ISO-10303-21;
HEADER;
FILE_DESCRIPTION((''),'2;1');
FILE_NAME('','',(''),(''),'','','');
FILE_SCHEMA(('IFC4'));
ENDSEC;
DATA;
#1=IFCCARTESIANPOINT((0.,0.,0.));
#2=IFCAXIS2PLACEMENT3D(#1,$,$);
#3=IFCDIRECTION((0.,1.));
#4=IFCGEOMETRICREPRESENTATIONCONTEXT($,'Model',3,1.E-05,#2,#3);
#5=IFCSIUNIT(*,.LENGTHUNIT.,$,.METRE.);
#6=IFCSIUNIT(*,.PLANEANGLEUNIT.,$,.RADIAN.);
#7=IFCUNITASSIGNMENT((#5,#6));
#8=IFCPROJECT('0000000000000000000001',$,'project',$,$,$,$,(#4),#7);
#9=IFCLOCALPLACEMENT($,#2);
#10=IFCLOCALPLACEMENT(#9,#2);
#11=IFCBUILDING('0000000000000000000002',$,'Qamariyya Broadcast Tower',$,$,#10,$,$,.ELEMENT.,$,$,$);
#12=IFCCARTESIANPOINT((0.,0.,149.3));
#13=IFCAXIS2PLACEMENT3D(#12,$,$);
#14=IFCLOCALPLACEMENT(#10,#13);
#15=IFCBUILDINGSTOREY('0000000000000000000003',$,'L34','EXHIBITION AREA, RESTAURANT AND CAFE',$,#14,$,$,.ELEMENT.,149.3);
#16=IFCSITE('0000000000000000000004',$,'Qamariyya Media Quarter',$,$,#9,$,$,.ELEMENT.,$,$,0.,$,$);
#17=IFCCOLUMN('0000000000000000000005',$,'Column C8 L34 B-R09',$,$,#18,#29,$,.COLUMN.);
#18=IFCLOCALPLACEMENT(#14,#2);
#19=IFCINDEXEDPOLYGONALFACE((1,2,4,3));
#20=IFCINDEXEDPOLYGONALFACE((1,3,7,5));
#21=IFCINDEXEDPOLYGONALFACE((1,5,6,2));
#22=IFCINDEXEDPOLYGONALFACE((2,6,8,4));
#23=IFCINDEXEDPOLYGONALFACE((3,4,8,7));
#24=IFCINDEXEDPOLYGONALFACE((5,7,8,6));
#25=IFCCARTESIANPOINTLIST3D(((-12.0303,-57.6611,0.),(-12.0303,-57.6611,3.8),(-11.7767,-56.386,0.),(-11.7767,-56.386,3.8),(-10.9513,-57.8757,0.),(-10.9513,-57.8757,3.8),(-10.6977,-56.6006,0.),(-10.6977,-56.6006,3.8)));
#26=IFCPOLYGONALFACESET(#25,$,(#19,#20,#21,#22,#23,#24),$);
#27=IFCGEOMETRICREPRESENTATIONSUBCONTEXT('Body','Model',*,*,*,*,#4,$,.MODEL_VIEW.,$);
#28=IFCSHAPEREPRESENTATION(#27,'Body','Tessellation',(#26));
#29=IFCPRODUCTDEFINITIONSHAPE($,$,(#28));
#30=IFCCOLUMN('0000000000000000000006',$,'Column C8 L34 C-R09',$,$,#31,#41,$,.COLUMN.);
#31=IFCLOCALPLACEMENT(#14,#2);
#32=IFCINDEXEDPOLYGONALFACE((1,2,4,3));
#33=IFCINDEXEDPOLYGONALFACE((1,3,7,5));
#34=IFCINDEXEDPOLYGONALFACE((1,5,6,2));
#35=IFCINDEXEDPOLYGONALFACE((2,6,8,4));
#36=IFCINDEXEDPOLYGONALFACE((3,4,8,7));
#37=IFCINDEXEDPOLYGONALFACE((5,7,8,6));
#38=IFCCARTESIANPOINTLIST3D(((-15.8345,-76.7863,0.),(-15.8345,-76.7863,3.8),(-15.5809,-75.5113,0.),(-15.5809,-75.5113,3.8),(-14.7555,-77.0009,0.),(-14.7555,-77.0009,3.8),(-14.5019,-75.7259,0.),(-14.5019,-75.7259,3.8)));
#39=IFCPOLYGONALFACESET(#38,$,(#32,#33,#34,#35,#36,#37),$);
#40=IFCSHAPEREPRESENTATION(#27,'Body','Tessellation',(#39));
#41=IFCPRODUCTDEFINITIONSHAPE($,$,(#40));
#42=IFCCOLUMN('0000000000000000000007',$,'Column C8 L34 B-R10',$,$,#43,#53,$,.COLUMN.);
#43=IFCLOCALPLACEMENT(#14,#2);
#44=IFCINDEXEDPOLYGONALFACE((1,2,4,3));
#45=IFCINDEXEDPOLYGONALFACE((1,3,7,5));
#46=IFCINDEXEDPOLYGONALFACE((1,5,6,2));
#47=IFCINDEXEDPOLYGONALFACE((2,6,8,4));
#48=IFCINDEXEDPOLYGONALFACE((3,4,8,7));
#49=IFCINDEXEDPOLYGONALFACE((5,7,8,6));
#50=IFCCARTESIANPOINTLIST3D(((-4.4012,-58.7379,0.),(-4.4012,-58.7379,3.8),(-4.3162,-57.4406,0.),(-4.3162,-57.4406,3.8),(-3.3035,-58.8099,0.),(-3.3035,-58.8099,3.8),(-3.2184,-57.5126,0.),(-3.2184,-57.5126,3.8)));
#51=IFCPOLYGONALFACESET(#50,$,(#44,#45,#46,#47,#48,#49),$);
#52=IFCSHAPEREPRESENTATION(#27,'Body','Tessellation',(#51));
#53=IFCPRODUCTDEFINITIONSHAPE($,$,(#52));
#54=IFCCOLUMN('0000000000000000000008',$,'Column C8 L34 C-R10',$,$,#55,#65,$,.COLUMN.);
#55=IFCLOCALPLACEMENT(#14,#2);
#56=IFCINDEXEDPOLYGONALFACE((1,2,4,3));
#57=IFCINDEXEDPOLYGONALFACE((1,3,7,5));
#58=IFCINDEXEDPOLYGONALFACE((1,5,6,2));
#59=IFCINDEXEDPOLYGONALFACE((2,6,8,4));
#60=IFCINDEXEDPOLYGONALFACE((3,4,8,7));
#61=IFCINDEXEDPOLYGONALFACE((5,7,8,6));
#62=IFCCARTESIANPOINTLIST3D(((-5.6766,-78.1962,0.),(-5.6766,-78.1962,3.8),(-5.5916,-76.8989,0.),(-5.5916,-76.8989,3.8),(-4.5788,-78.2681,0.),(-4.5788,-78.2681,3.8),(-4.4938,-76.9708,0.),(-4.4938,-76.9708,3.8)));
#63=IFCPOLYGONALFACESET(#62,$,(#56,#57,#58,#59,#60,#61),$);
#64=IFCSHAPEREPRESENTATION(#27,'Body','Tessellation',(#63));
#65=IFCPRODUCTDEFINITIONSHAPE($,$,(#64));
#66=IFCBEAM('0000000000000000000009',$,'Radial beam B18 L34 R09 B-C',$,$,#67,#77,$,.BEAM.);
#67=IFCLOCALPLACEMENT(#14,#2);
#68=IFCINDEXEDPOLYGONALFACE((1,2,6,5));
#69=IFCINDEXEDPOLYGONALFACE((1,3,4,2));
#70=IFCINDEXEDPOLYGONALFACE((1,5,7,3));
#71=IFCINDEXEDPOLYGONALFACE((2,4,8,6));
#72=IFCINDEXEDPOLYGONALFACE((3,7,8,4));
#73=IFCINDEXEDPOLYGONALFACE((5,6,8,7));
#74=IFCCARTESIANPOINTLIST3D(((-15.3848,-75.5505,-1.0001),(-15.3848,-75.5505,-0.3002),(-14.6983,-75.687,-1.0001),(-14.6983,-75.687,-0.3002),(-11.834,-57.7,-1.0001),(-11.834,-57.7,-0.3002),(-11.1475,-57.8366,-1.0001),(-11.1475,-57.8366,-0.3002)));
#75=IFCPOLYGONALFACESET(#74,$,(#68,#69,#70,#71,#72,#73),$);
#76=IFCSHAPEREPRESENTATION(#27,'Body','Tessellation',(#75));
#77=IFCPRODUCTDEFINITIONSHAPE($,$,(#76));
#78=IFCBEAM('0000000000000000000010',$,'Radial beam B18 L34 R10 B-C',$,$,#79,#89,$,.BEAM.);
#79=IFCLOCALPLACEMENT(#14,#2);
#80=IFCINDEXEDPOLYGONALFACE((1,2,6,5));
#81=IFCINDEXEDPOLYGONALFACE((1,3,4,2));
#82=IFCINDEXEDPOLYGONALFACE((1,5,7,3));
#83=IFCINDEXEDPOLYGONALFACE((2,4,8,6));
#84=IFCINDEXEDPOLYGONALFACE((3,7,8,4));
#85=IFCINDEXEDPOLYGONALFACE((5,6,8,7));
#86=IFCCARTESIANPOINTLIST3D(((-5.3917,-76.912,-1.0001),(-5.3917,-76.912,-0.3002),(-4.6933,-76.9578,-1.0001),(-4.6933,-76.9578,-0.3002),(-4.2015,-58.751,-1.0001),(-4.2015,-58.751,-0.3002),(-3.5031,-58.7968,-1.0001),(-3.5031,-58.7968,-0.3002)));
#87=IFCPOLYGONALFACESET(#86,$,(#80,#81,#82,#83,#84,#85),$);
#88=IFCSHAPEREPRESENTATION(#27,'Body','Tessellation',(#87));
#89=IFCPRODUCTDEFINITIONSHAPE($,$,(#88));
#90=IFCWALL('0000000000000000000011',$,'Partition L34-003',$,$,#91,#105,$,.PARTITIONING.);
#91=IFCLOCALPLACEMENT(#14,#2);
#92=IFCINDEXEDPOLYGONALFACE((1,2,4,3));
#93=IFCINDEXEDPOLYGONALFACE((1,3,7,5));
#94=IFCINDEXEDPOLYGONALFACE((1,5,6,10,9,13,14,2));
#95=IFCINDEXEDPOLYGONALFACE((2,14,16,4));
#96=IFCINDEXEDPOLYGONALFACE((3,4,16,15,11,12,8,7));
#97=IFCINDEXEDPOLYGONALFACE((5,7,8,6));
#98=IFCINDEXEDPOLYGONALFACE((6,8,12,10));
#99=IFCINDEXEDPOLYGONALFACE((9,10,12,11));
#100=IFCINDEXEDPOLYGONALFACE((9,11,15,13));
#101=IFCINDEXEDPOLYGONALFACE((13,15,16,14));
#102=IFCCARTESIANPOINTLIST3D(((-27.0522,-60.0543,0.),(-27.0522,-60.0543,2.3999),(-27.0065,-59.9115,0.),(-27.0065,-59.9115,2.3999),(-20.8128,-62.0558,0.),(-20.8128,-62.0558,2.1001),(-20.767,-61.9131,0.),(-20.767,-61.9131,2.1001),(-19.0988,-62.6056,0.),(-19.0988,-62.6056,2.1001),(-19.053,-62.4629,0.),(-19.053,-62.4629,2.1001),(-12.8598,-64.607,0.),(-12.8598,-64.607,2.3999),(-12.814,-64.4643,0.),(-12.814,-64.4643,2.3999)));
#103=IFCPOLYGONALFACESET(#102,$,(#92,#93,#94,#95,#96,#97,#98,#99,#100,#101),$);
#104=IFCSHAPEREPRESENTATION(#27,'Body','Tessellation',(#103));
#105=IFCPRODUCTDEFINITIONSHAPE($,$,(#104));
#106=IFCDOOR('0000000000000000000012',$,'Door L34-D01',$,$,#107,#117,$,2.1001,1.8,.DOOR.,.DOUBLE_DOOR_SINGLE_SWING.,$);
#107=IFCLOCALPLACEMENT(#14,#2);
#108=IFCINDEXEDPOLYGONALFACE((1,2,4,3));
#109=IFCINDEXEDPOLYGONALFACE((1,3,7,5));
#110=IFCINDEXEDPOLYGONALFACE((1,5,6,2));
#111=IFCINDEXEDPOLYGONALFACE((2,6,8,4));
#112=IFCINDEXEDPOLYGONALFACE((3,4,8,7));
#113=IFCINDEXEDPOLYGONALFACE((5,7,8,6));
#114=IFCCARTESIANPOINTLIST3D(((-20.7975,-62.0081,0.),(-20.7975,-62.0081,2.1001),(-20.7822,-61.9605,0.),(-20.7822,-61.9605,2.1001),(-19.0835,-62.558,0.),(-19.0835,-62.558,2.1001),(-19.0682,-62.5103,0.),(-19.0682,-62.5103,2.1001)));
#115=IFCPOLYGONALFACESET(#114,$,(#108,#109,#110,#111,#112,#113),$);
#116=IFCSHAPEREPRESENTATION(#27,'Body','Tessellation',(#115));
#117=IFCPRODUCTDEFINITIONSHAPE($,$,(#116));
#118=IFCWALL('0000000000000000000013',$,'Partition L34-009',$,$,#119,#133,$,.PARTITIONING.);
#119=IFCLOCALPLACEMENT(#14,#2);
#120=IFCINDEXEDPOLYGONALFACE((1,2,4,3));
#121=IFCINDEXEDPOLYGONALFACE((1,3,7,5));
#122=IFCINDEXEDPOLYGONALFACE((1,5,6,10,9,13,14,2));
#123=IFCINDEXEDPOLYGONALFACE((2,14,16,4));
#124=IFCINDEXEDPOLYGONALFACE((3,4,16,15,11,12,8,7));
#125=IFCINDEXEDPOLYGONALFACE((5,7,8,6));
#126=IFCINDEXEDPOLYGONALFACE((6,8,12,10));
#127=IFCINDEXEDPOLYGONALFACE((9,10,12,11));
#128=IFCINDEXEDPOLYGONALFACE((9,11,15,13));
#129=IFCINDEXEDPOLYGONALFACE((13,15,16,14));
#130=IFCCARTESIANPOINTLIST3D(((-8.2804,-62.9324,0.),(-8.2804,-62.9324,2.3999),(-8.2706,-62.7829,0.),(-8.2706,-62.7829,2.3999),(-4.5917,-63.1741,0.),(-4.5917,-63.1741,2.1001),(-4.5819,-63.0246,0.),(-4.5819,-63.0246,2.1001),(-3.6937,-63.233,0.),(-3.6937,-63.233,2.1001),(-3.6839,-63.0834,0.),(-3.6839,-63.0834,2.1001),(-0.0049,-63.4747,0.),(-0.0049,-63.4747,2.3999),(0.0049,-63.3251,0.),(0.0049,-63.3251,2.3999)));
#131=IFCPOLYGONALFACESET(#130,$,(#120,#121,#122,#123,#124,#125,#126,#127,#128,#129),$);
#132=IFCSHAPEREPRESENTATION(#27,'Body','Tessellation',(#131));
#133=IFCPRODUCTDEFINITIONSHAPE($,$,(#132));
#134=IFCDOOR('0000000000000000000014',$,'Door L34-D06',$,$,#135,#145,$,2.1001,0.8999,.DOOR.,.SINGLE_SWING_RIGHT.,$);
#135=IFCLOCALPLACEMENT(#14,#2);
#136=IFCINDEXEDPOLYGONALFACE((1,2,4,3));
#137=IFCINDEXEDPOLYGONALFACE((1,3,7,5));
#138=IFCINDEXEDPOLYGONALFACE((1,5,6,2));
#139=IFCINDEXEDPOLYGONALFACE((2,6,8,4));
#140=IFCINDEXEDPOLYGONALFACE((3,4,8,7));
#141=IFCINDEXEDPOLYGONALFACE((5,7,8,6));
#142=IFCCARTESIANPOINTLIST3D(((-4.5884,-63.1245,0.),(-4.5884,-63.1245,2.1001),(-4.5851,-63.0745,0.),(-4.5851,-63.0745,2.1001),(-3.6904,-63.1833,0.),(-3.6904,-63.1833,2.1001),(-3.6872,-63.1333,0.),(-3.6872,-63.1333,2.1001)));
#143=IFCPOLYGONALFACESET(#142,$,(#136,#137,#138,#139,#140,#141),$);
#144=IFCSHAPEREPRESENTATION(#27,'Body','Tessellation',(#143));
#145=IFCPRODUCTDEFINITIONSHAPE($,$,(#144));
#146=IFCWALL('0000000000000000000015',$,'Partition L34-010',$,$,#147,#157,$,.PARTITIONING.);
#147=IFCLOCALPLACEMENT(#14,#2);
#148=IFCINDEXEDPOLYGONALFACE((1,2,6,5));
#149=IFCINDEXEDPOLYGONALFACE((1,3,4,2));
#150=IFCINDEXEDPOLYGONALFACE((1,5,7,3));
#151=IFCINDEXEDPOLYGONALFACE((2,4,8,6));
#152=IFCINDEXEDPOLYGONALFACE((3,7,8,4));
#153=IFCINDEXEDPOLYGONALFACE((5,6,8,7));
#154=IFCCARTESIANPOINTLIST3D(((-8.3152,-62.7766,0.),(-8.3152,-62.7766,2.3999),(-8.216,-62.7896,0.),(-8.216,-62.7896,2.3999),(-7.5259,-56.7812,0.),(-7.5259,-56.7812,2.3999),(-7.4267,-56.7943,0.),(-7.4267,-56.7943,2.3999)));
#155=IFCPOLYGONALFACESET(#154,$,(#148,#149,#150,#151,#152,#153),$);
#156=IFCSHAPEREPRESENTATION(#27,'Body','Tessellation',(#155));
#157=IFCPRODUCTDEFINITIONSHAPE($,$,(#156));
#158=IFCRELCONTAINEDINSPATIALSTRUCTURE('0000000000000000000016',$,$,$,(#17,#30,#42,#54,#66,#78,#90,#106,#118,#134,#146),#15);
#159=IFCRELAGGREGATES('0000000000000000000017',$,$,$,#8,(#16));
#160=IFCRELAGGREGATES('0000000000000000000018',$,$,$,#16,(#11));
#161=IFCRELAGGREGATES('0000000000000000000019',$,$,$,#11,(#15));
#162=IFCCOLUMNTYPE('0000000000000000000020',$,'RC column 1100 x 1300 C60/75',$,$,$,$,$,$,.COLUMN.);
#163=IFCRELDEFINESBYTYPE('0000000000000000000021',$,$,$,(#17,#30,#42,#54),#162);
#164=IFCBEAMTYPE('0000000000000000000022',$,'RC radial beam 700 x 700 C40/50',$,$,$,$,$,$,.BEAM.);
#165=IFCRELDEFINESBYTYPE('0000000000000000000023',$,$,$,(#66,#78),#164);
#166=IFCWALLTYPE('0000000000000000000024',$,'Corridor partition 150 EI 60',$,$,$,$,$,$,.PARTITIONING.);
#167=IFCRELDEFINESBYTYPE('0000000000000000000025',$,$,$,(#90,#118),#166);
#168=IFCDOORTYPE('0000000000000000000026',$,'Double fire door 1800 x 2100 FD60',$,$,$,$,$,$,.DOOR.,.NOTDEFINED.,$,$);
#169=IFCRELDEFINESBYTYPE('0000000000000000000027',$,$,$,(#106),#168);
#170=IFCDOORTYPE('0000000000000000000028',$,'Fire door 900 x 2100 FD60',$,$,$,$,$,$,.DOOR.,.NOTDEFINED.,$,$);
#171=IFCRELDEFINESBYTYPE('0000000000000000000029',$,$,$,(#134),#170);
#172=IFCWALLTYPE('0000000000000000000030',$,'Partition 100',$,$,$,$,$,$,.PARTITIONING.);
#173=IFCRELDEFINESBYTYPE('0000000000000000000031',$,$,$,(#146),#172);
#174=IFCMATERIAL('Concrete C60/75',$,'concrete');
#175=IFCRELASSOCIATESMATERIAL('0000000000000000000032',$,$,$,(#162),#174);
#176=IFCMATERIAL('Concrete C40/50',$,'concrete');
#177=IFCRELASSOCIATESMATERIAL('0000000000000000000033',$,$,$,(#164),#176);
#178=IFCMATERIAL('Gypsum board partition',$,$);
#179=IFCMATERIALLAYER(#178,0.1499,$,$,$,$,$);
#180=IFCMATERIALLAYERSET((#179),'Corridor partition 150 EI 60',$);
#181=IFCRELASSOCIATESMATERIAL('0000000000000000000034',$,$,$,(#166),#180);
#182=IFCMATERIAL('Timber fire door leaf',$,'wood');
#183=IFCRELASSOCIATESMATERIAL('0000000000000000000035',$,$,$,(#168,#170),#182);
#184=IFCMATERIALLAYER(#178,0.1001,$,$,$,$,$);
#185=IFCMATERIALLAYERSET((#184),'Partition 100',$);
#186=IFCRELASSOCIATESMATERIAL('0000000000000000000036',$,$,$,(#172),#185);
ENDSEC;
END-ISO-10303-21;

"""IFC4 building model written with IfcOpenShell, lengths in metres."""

from ifc_helpers import new_model, si_unit, direction, frame, frame_2d, origin, origin_2d, place, context, subcontext, project, spatial, rectangle, extrude, material, layer, layer_set, material_profile, profile_set, type_object, element, fill, save


model = new_model("IFC4")

# Units and contexts
model_context = context("Model", 3, precision=1e-05, world=origin(), true_north=direction((0.0, 1.0)))
body_context = subcontext(model_context, "Body", "Model", "MODEL_VIEW")
ifc_project = project(units=[si_unit("LENGTHUNIT", "METRE"), si_unit("PLANEANGLEUNIT", "RADIAN")], contexts=[model_context])

# Site, building, storey
site_placement = place(None, origin())
site = spatial("IfcSite", under=ifc_project, at=site_placement, Name="Qamariyya Media Quarter", CompositionType="ELEMENT", RefElevation=0.0)
building_placement = place(site_placement, origin())
building = spatial("IfcBuilding", under=site, at=building_placement, Name="Qamariyya Broadcast Tower", CompositionType="ELEMENT")
storey_placement = place(building_placement, frame((0.0, 0.0, 149.3)))
storey = spatial("IfcBuildingStorey", under=building, at=storey_placement, Name="L34", Description="EXHIBITION AREA, RESTAURANT AND CAFE", CompositionType="ELEMENT", Elevation=149.3)

# Columns
ifc_material_1 = material(Name="Concrete C60/75", Category="concrete")
ifc_material_profile_1 = material_profile(ifc_material_1, rectangle(XDim=1.1001, YDim=1.3, at=origin_2d()))
ifc_profile_set_1 = profile_set([ifc_material_profile_1], Name="Concrete C60/75")
column_type = type_object("IfcColumnType", Name="RC column 1100 x 1300 C60/75", PredefinedType="COLUMN", material=ifc_profile_set_1)
for number, where, z_axis, x_axis, name in (
    (1, (-11.364, -57.1309, 0.0), (0.0, 0.0, 1.0), (0.980785, -0.19509, 0.0), "Column C8 L34 B-R09"),
    (2, (-15.1682, -76.2561, 0.0), (0.0, 0.0, 1.0), (0.980785, -0.19509, 0.0), "Column C8 L34 C-R09"),
    (3, (-3.8098, -58.1252, 0.0), (0.0, 0.0, 1.0), (0.997859, -0.065403, 0.0), "Column C8 L34 B-R10"),
    (4, (-5.0852, -77.5835, 0.0), (0.0, 0.0, 1.0), (0.997859, -0.065403, 0.0), "Column C8 L34 C-R10"),
):
    element("IfcColumn", number, at=place(storey_placement, frame(where, z_axis=z_axis, x_axis=x_axis)), inside=storey, type_object=column_type, Name=name, PredefinedType="COLUMN", context=body_context, shape_type="SweptSolid", body=[
        extrude(rectangle(XDim=1.1001, YDim=1.3, at=origin_2d()), origin(), (0.0, 0.0, 1.0), 3.8),
    ])

# Beams
ifc_material_2 = material(Name="Concrete C40/50", Category="concrete")
ifc_material_profile_2 = material_profile(ifc_material_2, rectangle(XDim=0.7, YDim=0.7, at=origin_2d()))
ifc_profile_set_2 = profile_set([ifc_material_profile_2], Name="Concrete C40/50")
beam_type = type_object("IfcBeamType", Name="RC radial beam 700 x 700 C40/50", PredefinedType="BEAM", material=ifc_profile_set_2)
beam_1_placement = place(storey_placement, frame((-11.4907, -57.7683, -0.6501), z_axis=(-0.195097, -0.980784, 0.0), x_axis=(0.980784, -0.195097, 0.0)))
element("IfcBeam", 5, at=beam_1_placement, inside=storey, type_object=beam_type, Name="Radial beam B18 L34 R09 B-C", PredefinedType="BEAM", context=body_context, shape_type="SweptSolid", body=[
    extrude(rectangle(XDim=0.7, YDim=0.7, at=origin_2d()), origin(), (0.0, 0.0, 1.0), 18.2002),
])
beam_2_placement = place(storey_placement, frame((-3.8523, -58.7739, -0.6501), z_axis=(-0.065395, -0.997859, 0.0), x_axis=(0.997859, -0.065395, 0.0)))
element("IfcBeam", 6, at=beam_2_placement, inside=storey, type_object=beam_type, Name="Radial beam B18 L34 R10 B-C", PredefinedType="BEAM", context=body_context, shape_type="SweptSolid", body=[
    extrude(rectangle(XDim=0.7, YDim=0.7, at=origin_2d()), origin(), (0.0, 0.0, 1.0), 18.2),
])

# Walls, openings, doors
ifc_material_3 = material(Name="Gypsum board partition")
ifc_layer_1 = layer(ifc_material_3, 0.1499)
ifc_layer_set_1 = layer_set([ifc_layer_1], Name="Corridor partition 150 EI 60")
wall_type_1 = type_object("IfcWallType", Name="Corridor partition 150 EI 60", PredefinedType="PARTITIONING", material=ifc_layer_set_1)
wall_1_placement = place(storey_placement, frame((-12.8369, -64.5356, 0.0), z_axis=(0.0, 0.0, 1.0), x_axis=(-0.952206, 0.305456, 0.0)))
wall_1 = element("IfcWall", 7, at=wall_1_placement, inside=storey, type_object=wall_type_1, Name="Partition L34-003", PredefinedType="PARTITIONING", context=body_context, shape_type="SweptSolid", body=[
    extrude(rectangle(XDim=14.9048, YDim=0.1499, at=frame_2d((7.4524, 0.0))), origin(), (0.0, 0.0, 1.0), 2.3999),
])
opening_1_placement = place(wall_1_placement, frame((6.5522, 0.0, 0.0)))
opening_1 = element("IfcOpeningElement", 8, at=opening_1_placement, cuts=wall_1, PredefinedType="OPENING", context=body_context, shape_type="SweptSolid", body=[
    extrude(rectangle(XDim=1.8, YDim=2.1001, at=frame_2d((0.8999, 1.05))), frame((0.0, 0.085, 0.0), z_axis=(0.0, -1.0, 0.0), x_axis=(1.0, 0.0, 0.0)), (0.0, 0.0, 1.0), 0.1699),
])
ifc_material_4 = material(Name="Timber fire door leaf", Category="wood")
door_type_1 = type_object("IfcDoorType", Name="Double fire door 1800 x 2100 FD60", OperationType="NOTDEFINED", PredefinedType="DOOR", material=ifc_material_4)
door_1_placement = place(opening_1_placement, origin())
door_1 = element("IfcDoor", 9, at=door_1_placement, inside=storey, type_object=door_type_1, Name="Door L34-D01", OperationType="DOUBLE_DOOR_SINGLE_SWING", OverallHeight=2.1001, OverallWidth=1.8, PredefinedType="DOOR", context=body_context, shape_type="SweptSolid", body=[
    extrude(rectangle(XDim=1.8, YDim=2.1001, at=frame_2d((0.8999, 1.05))), frame((0.0, 0.0249, 0.0), z_axis=(0.0, -1.0, 0.0), x_axis=(1.0, 0.0, 0.0)), (0.0, 0.0, 1.0), 0.05),
])
fill(opening_1, door_1)
wall_2_placement = place(storey_placement, frame((-8.2754, -62.8577, 0.0), z_axis=(0.0, 0.0, 1.0), x_axis=(0.99786, -0.065384, 0.0)))
wall_2 = element("IfcWall", 10, at=wall_2_placement, inside=storey, type_object=wall_type_1, Name="Partition L34-009", PredefinedType="PARTITIONING", context=body_context, shape_type="SweptSolid", body=[
    extrude(rectangle(XDim=8.2932, YDim=0.1499, at=frame_2d((4.1465, 0.0))), origin(), (0.0, 0.0, 1.0), 2.3999),
])
opening_2_placement = place(wall_2_placement, frame((3.6965, 0.0, 0.0)))
opening_2 = element("IfcOpeningElement", 11, at=opening_2_placement, cuts=wall_2, PredefinedType="OPENING", context=body_context, shape_type="SweptSolid", body=[
    extrude(rectangle(XDim=0.8999, YDim=2.1001, at=frame_2d((0.45, 1.05))), frame((0.0, 0.085, 0.0), z_axis=(0.0, -1.0, 0.0), x_axis=(1.0, 0.0, 0.0)), (0.0, 0.0, 1.0), 0.1699),
])
door_type_2 = type_object("IfcDoorType", Name="Fire door 900 x 2100 FD60", OperationType="NOTDEFINED", PredefinedType="DOOR", material=ifc_material_4)
door_2_placement = place(opening_2_placement, origin())
door_2 = element("IfcDoor", 12, at=door_2_placement, inside=storey, type_object=door_type_2, Name="Door L34-D06", OperationType="SINGLE_SWING_RIGHT", OverallHeight=2.1001, OverallWidth=0.8999, PredefinedType="DOOR", context=body_context, shape_type="SweptSolid", body=[
    extrude(rectangle(XDim=0.8999, YDim=2.1001, at=frame_2d((0.45, 1.05))), frame((0.0, 0.0249, 0.0), z_axis=(0.0, -1.0, 0.0), x_axis=(1.0, 0.0, 0.0)), (0.0, 0.0, 1.0), 0.05),
])
fill(opening_2, door_2)

# Wall
ifc_layer_2 = layer(ifc_material_3, 0.1001)
ifc_layer_set_2 = layer_set([ifc_layer_2], Name="Partition 100")
wall_type_2 = type_object("IfcWallType", Name="Partition 100", PredefinedType="PARTITIONING", material=ifc_layer_set_2)
wall_3_placement = place(storey_placement, frame((-7.4763, -56.7878, 0.0), z_axis=(0.0, 0.0, 1.0), x_axis=(-0.130527, -0.991445, 0.0)))
element("IfcWall", 13, at=wall_3_placement, inside=storey, type_object=wall_type_2, Name="Partition L34-010", PredefinedType="PARTITIONING", context=body_context, shape_type="SweptSolid", body=[
    extrude(rectangle(XDim=6.0471, YDim=0.1001, at=frame_2d((3.0234, 0.0))), origin(), (0.0, 0.0, 1.0), 2.3999),
])

save(model, "model.ifc")
